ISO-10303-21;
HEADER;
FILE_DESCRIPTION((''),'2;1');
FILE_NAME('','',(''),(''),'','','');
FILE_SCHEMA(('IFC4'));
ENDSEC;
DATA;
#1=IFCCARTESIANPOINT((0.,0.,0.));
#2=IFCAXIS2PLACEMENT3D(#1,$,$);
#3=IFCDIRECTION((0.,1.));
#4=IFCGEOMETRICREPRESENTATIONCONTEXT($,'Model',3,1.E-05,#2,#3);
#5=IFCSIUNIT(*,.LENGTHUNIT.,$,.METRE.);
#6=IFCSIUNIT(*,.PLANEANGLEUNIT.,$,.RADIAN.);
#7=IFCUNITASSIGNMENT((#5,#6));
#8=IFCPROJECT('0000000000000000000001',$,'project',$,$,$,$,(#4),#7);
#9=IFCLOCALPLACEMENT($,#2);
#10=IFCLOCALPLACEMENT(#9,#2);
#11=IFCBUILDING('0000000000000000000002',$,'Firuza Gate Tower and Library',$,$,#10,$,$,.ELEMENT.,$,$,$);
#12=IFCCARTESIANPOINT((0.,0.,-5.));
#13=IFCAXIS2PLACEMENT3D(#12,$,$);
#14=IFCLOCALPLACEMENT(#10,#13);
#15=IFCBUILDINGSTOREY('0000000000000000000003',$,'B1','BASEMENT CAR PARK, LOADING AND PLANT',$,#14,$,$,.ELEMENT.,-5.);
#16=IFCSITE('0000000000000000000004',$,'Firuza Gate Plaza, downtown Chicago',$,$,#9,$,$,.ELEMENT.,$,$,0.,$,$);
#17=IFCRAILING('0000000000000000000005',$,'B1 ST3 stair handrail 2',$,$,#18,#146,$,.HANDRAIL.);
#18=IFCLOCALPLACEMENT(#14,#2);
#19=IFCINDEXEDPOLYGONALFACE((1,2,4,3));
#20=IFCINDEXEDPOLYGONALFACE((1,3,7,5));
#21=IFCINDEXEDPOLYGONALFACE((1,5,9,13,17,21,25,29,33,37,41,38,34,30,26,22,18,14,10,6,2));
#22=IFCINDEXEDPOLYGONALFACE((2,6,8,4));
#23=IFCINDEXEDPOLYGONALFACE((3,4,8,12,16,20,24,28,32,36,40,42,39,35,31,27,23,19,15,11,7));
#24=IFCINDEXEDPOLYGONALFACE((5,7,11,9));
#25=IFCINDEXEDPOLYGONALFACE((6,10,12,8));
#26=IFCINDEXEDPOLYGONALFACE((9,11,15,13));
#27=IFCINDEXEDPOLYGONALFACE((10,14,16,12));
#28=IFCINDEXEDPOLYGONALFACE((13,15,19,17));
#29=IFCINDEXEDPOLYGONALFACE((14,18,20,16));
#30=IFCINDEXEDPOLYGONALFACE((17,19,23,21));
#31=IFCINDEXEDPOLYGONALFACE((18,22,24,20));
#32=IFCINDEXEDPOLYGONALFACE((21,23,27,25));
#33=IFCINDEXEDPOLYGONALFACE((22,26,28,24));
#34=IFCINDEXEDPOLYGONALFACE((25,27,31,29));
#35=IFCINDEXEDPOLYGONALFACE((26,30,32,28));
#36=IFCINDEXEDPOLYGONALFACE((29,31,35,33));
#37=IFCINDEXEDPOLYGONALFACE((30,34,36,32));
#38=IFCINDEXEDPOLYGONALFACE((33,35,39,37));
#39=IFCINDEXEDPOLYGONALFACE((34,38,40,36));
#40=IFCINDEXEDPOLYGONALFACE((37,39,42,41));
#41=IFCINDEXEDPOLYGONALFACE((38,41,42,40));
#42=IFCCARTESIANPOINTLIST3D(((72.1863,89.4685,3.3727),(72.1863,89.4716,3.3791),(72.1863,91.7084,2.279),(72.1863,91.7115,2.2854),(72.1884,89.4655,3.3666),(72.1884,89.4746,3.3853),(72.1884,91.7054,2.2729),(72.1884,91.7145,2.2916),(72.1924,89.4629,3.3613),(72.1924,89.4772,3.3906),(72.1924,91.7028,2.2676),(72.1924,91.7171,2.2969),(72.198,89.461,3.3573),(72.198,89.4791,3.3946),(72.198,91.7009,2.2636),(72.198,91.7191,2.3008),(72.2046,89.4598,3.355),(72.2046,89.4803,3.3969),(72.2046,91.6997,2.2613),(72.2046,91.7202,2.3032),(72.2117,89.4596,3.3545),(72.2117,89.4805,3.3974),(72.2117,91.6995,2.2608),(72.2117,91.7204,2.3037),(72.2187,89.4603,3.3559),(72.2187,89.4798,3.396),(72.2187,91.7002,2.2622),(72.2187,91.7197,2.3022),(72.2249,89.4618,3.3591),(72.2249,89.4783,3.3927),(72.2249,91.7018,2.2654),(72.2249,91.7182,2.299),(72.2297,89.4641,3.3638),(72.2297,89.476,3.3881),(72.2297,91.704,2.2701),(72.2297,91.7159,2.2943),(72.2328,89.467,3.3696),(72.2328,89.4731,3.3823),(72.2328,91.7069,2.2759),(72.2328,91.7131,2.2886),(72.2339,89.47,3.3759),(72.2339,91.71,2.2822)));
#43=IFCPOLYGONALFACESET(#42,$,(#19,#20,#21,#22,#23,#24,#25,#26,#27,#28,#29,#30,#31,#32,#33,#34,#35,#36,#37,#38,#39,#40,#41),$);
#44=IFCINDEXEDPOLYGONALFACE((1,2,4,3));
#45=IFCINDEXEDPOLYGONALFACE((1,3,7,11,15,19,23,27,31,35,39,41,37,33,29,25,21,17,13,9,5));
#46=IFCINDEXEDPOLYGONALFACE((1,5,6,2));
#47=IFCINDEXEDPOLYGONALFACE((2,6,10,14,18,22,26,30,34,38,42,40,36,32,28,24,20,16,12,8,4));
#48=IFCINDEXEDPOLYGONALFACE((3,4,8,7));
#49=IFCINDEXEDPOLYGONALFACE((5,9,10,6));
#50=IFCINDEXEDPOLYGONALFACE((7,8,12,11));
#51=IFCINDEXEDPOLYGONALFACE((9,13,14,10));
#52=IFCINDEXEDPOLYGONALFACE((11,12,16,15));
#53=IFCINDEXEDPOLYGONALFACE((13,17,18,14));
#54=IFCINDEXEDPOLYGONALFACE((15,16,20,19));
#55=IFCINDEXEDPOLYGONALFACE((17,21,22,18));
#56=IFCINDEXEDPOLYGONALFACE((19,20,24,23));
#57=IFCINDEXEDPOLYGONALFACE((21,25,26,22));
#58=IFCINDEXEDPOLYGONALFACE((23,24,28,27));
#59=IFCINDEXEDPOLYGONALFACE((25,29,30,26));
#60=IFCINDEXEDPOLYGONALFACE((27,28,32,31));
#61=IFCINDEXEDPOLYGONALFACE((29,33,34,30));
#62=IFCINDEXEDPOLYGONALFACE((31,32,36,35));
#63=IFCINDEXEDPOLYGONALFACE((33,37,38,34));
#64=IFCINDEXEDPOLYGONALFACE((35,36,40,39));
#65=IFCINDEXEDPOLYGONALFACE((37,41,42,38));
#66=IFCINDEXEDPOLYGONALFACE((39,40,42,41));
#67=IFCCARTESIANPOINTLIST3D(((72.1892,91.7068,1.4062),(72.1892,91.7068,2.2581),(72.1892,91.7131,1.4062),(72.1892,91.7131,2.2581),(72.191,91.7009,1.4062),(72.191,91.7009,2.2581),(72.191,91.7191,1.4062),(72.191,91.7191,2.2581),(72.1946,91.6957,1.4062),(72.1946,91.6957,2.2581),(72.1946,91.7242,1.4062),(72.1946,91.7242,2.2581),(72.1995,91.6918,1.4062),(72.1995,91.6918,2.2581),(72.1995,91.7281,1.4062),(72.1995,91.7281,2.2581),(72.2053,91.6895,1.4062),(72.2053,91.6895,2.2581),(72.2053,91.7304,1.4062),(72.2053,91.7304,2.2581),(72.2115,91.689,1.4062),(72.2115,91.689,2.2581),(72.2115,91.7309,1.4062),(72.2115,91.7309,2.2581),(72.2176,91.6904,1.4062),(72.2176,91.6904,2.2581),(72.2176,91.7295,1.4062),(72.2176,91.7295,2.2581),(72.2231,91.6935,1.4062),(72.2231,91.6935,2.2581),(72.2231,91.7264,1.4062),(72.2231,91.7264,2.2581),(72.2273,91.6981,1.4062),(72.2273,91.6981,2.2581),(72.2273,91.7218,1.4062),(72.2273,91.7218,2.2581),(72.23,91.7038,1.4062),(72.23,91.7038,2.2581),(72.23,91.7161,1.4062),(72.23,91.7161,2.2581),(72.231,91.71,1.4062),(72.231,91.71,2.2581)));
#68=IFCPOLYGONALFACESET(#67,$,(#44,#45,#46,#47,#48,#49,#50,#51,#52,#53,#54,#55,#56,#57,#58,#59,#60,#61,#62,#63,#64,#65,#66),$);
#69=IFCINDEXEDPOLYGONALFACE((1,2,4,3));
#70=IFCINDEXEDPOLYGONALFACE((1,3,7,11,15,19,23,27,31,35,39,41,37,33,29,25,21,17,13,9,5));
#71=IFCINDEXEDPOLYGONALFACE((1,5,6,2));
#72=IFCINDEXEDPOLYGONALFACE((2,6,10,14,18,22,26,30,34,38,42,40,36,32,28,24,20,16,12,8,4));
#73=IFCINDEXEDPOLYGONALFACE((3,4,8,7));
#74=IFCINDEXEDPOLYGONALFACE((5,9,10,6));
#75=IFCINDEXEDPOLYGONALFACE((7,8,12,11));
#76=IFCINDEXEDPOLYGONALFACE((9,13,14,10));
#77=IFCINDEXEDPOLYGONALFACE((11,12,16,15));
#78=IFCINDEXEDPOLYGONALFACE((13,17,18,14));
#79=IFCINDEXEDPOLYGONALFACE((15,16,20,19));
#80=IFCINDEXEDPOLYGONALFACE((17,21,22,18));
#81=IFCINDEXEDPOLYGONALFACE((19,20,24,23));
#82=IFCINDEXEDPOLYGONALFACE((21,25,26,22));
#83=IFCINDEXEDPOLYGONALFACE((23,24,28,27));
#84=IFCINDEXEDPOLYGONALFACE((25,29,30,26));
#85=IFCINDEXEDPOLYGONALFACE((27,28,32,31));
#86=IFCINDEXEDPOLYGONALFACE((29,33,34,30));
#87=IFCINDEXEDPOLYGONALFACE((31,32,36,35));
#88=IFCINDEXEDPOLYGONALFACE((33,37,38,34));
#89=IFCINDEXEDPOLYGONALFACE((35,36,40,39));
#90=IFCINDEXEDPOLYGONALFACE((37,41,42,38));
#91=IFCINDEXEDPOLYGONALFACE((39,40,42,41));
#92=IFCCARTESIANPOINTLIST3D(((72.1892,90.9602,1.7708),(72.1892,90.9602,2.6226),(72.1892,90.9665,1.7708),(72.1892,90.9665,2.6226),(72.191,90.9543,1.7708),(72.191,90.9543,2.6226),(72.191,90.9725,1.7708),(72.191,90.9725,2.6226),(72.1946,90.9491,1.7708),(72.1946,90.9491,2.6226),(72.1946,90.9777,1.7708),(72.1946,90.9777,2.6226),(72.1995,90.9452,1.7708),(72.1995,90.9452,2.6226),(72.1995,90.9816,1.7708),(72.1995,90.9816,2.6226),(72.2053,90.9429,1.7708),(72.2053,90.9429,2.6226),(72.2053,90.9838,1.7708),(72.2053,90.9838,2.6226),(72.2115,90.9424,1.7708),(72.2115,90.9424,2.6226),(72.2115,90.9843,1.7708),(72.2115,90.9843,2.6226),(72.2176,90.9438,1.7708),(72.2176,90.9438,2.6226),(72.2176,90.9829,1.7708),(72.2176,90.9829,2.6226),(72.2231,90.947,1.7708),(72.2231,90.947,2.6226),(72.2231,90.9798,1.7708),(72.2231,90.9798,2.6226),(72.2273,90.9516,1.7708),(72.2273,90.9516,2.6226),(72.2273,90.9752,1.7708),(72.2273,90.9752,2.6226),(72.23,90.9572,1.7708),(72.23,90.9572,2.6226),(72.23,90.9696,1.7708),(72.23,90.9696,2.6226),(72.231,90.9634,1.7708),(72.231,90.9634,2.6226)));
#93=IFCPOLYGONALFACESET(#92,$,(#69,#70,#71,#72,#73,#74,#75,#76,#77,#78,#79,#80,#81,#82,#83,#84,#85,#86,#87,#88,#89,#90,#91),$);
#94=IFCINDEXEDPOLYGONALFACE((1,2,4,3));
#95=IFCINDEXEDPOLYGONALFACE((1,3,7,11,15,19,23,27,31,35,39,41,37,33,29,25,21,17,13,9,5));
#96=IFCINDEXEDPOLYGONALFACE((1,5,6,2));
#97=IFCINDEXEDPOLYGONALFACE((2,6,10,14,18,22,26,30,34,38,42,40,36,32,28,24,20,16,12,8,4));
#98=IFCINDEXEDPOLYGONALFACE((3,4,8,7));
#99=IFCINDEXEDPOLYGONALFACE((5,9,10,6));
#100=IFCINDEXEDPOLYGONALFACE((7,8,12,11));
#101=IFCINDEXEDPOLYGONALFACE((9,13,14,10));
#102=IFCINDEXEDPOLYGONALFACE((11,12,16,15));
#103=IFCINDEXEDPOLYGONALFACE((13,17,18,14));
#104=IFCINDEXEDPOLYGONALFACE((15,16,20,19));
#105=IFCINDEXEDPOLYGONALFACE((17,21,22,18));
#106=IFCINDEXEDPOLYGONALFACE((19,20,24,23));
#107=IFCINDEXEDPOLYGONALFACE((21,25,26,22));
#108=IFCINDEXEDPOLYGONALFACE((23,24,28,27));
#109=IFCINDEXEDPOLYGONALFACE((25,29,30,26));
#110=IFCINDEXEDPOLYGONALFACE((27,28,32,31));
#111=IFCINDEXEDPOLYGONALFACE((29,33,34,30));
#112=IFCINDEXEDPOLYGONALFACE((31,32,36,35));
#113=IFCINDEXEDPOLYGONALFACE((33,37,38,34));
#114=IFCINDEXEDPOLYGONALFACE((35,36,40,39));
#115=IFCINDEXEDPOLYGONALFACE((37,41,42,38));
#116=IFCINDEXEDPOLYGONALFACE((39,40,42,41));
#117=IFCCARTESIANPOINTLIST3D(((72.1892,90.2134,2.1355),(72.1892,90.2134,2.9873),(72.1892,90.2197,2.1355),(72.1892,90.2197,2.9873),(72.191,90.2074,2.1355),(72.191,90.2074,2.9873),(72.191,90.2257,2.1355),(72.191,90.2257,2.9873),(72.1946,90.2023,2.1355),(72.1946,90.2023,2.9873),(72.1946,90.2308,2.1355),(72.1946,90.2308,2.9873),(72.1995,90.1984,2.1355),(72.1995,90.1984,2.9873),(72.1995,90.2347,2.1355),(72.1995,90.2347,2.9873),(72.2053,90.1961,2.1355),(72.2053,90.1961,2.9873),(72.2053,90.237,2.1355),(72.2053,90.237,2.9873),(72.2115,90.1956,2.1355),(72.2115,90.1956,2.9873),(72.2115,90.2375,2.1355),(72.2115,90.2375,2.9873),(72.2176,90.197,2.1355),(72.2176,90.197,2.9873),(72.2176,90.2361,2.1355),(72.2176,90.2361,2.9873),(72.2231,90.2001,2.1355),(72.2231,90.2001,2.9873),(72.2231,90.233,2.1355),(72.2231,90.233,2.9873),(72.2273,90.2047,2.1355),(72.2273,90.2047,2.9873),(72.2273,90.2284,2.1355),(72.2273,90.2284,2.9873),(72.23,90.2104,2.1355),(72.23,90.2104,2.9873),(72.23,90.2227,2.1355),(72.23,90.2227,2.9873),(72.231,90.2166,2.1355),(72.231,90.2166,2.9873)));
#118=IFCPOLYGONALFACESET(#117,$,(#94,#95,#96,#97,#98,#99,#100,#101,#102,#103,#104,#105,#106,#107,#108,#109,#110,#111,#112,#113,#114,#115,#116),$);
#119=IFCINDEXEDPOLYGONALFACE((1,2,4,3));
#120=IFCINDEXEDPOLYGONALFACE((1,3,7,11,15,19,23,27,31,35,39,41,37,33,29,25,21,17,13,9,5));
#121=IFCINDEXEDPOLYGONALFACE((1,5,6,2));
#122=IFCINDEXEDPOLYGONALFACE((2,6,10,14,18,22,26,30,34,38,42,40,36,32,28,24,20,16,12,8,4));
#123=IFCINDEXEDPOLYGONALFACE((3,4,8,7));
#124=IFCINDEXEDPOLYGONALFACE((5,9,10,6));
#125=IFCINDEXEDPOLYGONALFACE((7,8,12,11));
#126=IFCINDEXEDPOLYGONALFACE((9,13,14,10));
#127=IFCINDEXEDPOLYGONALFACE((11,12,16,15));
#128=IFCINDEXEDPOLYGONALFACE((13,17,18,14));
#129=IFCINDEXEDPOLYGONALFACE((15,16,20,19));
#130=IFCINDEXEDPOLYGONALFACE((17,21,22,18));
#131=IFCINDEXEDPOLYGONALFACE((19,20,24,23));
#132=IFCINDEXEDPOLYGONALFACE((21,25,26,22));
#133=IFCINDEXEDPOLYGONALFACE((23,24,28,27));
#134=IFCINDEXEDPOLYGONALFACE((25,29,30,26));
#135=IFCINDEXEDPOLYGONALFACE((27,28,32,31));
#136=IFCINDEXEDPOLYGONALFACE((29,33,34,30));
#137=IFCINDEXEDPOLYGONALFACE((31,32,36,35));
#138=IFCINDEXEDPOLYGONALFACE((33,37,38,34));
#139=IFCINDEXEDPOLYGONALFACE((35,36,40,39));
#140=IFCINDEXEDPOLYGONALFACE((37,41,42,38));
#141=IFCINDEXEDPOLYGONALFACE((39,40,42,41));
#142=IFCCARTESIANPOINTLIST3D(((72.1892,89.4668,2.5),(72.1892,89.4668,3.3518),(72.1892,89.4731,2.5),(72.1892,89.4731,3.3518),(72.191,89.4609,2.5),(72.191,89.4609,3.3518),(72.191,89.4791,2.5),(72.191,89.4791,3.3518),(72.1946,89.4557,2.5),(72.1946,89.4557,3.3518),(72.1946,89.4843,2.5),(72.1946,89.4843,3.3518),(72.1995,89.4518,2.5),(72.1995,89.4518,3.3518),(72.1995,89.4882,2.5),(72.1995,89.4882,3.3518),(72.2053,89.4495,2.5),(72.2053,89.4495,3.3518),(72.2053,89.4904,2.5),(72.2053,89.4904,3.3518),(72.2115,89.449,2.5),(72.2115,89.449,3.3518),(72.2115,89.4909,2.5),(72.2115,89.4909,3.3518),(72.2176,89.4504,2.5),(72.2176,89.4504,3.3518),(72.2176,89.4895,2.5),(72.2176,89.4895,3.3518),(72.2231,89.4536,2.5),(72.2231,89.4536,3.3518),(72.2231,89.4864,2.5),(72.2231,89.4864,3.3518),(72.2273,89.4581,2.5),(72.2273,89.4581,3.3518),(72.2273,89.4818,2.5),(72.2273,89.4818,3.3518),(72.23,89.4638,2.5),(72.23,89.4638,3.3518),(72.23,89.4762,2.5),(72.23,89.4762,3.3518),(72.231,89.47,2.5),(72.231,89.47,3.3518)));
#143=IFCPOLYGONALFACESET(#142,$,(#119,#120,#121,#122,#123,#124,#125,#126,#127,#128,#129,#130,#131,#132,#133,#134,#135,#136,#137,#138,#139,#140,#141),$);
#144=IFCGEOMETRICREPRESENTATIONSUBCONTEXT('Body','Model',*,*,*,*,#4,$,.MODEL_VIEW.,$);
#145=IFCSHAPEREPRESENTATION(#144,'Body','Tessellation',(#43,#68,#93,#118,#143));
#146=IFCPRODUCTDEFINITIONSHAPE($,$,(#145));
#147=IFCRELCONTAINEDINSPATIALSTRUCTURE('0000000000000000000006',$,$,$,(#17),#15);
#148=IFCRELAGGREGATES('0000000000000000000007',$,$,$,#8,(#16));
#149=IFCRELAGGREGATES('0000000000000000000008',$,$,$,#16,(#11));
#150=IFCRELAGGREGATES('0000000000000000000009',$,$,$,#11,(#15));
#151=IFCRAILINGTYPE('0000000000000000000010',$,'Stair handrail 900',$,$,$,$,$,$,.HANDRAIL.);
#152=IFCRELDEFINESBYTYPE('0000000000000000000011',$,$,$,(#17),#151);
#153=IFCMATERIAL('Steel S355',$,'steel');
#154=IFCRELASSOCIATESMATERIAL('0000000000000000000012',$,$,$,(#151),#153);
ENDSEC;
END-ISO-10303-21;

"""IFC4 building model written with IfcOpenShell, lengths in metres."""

from ifc_helpers import new_model, si_unit, direction, frame, origin, origin_2d, place, context, subcontext, project, spatial, circle, extrude, material, type_object, element, save


model = new_model("IFC4")

# Units and contexts
model_context = context("Model", 3, precision=1e-05, world=origin(), true_north=direction((0.0, 1.0)))
body_context = subcontext(model_context, "Body", "Model", "MODEL_VIEW")
ifc_project = project(units=[si_unit("LENGTHUNIT", "METRE"), si_unit("PLANEANGLEUNIT", "RADIAN")], contexts=[model_context])

# Site, building, storey
site_placement = place(None, origin())
site = spatial("IfcSite", under=ifc_project, at=site_placement, Name="Firuza Gate Plaza, downtown Chicago", CompositionType="ELEMENT", RefElevation=0.0)
building_placement = place(site_placement, origin())
building = spatial("IfcBuilding", under=site, at=building_placement, Name="Firuza Gate Tower and Library", CompositionType="ELEMENT")
storey_placement = place(building_placement, frame((0.0, 0.0, -5.0)))
storey = spatial("IfcBuildingStorey", under=building, at=storey_placement, Name="B1", Description="BASEMENT CAR PARK, LOADING AND PLANT", CompositionType="ELEMENT", Elevation=-5.0)

# Railing
ifc_material_1 = material(Name="Steel S355", Category="steel")
railing_type = type_object("IfcRailingType", Name="Stair handrail 900", PredefinedType="HANDRAIL", material=ifc_material_1)
for number, where, name in (
    (1, (72.21, 91.71, 1.4062), "B1 ST3 stair handrail 2"),
):
    element("IfcRailing", number, at=place(storey_placement, frame(where)), inside=storey, type_object=railing_type, Name=name, PredefinedType="HANDRAIL", context=body_context, shape_type="SweptSolid", body=[
        extrude(circle(Radius=0.0239, at=origin_2d()), frame((0.0, 0.0, 0.876), z_axis=(0.0, -0.898599, 0.438771), x_axis=(1.0, 0.0, 0.0)), (0.0, 0.0, 1.0), 2.4927),
        extrude(circle(Radius=0.021, at=origin_2d()), origin(), (0.0, 0.0, 1.0), 0.8518),
        extrude(circle(Radius=0.021, at=origin_2d()), frame((0.0, -0.7466, 0.3645)), (0.0, 0.0, 1.0), 0.8518),
        extrude(circle(Radius=0.021, at=origin_2d()), frame((0.0, -1.4934, 0.7292)), (0.0, 0.0, 1.0), 0.8518),
        extrude(circle(Radius=0.021, at=origin_2d()), frame((0.0, -2.24, 1.0938)), (0.0, 0.0, 1.0), 0.8518),
    ])

save(model, "model.ifc")
